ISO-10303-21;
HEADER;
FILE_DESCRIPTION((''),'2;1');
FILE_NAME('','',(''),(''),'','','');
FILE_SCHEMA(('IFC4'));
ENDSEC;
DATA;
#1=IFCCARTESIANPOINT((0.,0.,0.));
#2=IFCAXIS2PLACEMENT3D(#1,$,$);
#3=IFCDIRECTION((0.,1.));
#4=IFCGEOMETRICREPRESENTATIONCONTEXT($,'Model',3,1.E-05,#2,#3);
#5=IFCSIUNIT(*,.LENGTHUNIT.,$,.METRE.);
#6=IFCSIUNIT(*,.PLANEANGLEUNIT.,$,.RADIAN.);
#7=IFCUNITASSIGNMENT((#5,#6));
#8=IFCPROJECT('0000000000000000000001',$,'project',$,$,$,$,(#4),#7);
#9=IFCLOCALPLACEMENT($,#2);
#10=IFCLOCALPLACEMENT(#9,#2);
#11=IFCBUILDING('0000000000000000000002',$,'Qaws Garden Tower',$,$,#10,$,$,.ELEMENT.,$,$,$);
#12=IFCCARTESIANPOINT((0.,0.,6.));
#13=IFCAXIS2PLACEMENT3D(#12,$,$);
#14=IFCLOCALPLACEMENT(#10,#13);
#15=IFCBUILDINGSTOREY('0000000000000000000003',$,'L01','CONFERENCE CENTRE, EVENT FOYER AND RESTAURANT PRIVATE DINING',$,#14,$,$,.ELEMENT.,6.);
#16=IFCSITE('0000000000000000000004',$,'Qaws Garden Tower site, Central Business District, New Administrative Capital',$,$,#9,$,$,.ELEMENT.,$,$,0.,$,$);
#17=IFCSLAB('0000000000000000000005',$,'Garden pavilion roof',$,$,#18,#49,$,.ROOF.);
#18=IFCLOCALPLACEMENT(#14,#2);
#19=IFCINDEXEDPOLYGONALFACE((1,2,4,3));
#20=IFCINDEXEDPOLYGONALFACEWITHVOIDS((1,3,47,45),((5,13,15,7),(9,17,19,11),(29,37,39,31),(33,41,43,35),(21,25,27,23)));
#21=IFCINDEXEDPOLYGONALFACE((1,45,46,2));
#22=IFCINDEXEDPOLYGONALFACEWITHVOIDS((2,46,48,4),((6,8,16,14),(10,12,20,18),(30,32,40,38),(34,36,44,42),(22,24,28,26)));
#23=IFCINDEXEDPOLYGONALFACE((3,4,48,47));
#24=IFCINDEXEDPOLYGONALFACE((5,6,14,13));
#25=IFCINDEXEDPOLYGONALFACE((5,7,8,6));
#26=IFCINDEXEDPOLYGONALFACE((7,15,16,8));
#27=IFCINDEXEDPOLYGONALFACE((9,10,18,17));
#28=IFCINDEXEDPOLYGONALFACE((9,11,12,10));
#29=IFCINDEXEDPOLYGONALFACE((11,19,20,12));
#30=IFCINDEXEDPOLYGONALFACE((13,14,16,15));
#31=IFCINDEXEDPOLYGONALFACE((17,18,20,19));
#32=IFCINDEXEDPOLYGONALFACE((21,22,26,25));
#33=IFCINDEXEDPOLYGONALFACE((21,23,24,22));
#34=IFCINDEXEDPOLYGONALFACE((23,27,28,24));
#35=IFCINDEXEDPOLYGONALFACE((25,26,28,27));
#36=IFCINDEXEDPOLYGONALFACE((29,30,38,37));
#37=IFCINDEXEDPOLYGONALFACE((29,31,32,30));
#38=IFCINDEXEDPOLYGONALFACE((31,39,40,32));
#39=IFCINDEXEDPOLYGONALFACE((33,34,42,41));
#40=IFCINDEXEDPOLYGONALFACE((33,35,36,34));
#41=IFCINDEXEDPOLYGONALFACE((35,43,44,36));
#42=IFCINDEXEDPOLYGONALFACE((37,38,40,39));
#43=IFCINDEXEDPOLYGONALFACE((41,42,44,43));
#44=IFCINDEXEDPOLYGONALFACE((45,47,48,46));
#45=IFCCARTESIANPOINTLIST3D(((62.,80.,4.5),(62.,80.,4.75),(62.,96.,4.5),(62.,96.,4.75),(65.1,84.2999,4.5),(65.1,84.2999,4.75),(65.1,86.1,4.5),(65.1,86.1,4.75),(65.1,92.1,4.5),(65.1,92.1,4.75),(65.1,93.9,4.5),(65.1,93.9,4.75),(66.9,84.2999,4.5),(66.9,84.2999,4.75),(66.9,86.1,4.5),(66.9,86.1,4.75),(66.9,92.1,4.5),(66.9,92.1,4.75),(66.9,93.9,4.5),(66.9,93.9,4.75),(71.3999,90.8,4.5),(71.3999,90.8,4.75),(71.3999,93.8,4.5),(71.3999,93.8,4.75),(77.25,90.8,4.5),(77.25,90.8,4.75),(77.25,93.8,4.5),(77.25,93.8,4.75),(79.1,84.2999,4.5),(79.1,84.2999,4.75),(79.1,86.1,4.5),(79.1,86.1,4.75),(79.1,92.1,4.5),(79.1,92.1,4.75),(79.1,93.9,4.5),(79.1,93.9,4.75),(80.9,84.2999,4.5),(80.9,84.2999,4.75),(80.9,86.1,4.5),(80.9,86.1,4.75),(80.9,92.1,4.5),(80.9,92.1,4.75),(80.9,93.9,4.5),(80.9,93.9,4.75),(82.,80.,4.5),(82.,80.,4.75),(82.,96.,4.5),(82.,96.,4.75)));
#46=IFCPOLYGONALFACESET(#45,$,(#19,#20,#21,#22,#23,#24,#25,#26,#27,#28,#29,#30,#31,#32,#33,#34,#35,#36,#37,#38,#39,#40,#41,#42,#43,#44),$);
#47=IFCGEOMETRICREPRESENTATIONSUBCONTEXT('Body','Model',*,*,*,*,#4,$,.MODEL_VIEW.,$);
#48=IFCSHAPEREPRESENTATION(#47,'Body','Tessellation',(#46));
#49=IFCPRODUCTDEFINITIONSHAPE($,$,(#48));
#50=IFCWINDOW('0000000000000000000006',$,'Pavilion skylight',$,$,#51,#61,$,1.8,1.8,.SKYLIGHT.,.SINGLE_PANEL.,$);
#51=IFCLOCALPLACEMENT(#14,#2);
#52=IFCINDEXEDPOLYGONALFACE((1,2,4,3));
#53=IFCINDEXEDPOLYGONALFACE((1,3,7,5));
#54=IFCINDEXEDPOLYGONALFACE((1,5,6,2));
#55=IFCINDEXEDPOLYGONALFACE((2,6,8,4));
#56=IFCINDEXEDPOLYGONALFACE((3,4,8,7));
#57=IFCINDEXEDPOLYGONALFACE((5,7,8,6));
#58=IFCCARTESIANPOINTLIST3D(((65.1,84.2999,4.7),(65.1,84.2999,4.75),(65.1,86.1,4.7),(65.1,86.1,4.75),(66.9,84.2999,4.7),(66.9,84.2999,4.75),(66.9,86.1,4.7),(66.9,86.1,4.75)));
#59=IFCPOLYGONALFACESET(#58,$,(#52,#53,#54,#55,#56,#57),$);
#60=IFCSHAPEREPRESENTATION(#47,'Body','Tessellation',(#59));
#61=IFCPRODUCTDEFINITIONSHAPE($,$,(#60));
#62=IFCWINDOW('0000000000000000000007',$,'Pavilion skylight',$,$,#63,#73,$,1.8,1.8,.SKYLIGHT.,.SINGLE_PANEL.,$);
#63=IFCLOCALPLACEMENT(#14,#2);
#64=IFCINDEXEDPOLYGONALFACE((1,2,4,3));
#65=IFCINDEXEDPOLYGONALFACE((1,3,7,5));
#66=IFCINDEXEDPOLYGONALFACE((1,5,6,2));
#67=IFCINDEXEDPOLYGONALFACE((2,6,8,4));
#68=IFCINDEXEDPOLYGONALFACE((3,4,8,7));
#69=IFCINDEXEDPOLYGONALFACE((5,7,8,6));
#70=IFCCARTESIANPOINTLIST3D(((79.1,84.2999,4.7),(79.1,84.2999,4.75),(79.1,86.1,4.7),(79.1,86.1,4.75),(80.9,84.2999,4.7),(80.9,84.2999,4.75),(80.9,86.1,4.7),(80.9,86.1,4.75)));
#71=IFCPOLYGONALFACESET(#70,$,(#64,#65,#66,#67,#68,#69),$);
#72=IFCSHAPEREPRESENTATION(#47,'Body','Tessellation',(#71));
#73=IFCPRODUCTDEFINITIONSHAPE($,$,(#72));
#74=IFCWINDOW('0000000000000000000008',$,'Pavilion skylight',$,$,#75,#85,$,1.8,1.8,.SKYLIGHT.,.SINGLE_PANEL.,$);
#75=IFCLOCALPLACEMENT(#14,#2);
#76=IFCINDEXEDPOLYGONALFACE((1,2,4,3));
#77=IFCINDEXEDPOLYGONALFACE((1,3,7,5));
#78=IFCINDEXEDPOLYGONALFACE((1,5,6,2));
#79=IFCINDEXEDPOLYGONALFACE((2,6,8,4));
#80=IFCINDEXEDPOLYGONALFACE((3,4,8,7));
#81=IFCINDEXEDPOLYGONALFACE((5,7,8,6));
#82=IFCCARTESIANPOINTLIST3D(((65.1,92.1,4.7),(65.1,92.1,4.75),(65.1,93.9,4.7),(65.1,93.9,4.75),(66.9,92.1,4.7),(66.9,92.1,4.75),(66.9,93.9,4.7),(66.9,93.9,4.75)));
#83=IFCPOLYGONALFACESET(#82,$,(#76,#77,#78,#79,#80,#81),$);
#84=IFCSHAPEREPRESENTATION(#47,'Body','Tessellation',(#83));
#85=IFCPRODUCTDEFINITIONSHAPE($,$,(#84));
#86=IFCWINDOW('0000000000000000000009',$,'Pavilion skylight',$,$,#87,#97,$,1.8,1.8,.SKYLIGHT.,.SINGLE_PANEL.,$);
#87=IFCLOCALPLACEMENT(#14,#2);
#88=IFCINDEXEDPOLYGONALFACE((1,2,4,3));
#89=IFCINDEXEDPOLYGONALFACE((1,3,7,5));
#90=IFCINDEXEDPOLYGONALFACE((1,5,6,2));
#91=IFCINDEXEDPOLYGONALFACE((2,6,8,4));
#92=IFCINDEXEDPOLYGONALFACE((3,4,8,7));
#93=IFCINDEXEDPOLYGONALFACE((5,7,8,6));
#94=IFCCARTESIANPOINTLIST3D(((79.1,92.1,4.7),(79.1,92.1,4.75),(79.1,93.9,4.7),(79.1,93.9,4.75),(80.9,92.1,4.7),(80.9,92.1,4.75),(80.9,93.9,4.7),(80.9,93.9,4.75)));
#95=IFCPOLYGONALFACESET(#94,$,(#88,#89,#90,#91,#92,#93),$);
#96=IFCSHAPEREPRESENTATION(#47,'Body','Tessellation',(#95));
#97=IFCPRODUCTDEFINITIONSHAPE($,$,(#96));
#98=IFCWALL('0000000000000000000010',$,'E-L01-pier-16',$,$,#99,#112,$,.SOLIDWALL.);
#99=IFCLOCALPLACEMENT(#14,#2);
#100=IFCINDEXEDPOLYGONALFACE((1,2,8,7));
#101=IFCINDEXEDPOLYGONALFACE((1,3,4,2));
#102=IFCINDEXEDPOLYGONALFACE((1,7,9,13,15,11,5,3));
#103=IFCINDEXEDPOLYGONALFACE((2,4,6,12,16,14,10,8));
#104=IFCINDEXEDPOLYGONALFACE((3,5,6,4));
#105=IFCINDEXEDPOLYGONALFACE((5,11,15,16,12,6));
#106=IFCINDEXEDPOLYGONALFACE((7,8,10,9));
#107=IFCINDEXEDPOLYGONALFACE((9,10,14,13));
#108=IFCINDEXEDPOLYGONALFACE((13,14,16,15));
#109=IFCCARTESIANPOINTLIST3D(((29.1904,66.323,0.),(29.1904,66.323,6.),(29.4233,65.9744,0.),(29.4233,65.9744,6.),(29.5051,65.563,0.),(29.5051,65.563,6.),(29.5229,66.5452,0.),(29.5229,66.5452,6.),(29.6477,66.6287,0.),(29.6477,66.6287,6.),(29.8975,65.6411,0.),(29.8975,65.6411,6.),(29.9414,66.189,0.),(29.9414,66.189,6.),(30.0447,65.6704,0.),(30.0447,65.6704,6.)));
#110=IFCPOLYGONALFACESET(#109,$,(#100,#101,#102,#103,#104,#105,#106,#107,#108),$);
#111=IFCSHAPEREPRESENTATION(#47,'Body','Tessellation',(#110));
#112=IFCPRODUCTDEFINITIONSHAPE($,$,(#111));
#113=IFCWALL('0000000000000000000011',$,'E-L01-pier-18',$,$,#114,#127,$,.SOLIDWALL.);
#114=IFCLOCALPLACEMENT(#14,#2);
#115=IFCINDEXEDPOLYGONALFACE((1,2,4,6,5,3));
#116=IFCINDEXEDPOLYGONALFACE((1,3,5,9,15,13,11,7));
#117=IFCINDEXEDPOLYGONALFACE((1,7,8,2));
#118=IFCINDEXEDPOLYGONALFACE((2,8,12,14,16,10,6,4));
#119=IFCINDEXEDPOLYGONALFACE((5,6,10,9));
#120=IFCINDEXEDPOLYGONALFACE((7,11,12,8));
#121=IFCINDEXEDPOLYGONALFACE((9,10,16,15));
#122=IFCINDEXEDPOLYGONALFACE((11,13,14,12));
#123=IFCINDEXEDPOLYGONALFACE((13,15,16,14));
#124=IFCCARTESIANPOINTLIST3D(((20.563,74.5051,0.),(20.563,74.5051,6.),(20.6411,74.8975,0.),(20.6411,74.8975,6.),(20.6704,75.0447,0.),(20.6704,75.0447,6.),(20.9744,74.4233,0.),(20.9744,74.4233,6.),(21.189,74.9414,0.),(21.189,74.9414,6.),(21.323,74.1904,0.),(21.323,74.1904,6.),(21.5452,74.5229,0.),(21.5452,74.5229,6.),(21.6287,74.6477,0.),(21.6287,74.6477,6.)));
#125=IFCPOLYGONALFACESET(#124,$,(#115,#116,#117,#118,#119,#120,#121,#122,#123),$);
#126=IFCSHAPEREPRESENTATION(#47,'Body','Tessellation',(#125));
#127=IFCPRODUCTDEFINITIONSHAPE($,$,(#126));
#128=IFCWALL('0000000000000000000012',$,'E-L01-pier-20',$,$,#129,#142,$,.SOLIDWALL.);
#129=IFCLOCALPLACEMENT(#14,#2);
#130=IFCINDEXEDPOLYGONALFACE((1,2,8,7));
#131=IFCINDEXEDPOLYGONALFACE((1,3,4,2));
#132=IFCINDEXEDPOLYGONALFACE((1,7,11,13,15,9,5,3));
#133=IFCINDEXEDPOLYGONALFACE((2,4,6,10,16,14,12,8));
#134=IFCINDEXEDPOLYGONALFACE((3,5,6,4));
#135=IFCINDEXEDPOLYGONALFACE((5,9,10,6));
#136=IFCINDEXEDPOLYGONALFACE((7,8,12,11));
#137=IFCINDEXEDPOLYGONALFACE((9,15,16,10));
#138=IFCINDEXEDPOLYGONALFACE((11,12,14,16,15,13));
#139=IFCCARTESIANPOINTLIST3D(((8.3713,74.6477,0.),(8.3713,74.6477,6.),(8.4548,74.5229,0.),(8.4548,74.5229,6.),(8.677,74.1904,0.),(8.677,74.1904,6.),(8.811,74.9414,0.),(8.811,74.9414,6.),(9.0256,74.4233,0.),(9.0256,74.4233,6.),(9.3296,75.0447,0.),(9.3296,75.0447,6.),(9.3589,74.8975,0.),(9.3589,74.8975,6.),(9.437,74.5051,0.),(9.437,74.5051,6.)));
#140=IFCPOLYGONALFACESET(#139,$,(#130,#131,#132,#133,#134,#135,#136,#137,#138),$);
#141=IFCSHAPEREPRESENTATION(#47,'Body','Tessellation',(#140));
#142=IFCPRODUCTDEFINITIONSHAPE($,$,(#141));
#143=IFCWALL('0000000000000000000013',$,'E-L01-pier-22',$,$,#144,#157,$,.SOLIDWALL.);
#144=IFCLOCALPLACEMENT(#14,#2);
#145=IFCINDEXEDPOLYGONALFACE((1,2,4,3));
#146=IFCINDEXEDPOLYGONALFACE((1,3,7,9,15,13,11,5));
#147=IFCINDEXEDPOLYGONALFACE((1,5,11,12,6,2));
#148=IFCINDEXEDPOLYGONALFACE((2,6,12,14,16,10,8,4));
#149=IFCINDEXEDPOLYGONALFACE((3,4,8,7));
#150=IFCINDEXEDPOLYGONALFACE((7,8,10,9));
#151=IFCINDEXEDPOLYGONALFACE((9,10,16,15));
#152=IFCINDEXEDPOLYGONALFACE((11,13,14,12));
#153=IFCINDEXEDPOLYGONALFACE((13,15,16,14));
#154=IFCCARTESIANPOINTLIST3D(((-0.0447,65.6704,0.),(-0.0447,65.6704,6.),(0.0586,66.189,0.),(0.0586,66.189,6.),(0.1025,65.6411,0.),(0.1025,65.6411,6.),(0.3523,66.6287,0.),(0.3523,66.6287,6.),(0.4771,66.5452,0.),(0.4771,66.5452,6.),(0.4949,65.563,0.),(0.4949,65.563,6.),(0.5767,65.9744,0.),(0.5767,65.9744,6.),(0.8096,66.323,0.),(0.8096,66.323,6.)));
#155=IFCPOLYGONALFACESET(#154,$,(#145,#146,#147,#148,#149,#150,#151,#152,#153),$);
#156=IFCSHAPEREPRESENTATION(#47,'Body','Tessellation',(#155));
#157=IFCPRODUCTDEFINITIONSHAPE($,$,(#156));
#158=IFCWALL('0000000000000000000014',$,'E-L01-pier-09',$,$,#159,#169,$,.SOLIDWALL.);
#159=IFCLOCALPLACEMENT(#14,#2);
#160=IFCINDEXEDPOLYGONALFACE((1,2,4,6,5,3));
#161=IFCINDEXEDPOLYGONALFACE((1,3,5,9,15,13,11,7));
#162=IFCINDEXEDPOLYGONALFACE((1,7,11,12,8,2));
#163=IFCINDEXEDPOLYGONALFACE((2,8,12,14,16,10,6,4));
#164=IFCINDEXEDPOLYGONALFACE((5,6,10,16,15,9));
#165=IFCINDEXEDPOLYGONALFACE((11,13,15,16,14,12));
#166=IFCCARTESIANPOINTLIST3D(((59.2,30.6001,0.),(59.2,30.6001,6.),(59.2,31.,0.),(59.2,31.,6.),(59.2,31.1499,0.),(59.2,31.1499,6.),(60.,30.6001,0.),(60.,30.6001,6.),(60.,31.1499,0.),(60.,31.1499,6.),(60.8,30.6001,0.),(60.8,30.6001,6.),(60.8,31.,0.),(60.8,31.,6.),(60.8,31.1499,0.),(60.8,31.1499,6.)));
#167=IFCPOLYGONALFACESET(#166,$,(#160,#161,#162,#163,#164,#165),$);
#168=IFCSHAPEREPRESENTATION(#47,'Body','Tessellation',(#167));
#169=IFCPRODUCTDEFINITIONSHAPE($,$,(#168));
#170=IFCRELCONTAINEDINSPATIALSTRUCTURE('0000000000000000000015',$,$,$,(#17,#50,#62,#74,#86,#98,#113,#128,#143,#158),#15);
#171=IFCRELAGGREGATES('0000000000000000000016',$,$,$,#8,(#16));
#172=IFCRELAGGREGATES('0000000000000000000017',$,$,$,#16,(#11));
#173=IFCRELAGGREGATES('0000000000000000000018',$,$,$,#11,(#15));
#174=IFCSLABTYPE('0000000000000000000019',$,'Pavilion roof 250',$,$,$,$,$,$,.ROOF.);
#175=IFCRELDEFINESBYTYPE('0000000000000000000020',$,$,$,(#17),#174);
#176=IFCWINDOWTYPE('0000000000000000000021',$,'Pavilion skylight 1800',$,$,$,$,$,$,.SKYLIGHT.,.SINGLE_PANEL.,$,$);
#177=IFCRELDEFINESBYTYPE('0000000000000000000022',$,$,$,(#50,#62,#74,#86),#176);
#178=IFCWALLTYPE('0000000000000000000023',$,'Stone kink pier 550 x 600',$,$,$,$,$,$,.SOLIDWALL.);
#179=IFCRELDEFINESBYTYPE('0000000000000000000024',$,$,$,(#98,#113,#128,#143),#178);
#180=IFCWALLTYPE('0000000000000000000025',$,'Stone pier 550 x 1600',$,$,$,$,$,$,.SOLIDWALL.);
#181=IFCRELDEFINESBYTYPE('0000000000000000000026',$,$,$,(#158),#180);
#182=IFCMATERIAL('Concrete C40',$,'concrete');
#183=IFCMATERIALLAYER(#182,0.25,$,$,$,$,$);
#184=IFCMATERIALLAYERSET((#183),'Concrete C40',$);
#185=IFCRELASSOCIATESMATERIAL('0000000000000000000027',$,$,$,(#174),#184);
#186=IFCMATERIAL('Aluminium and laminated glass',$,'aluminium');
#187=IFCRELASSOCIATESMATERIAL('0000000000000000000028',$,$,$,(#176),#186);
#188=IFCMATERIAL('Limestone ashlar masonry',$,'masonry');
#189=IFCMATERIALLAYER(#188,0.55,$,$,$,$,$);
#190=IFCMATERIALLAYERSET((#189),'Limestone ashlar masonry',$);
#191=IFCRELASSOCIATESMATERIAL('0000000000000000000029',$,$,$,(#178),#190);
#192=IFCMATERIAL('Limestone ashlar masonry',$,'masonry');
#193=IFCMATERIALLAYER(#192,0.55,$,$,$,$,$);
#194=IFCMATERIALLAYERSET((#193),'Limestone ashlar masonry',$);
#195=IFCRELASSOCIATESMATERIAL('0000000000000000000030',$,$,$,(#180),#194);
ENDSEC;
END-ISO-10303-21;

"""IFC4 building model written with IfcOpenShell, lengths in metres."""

from ifc_helpers import new_model, si_unit, direction, frame, origin, origin_2d, place, context, subcontext, project, spatial, polyline, rectangle, outline, extrude, material, layer, layer_set, type_object, element, fill, save


model = new_model("IFC4")

# Units and contexts
model_context = context("Model", 3, precision=1e-05, world=origin(), true_north=direction((0.0, 1.0)))
body_context = subcontext(model_context, "Body", "Model", "MODEL_VIEW")
ifc_project = project(units=[si_unit("LENGTHUNIT", "METRE"), si_unit("PLANEANGLEUNIT", "RADIAN")], contexts=[model_context])

# Site, building, storey
site_placement = place(None, origin())
site = spatial("IfcSite", under=ifc_project, at=site_placement, Name="Qaws Garden Tower site, Central Business District, New Administrative Capital", CompositionType="ELEMENT", RefElevation=0.0)
building_placement = place(site_placement, origin())
building = spatial("IfcBuilding", under=site, at=building_placement, Name="Qaws Garden Tower", CompositionType="ELEMENT")
storey_placement = place(building_placement, frame((0.0, 0.0, 6.0)))
storey = spatial("IfcBuildingStorey", under=building, at=storey_placement, Name="L01", Description="CONFERENCE CENTRE, EVENT FOYER AND RESTAURANT PRIVATE DINING", CompositionType="ELEMENT", Elevation=6.0)

# Slab, openings, windows
ifc_material_1 = material(Name="Concrete C40", Category="concrete")
ifc_layer_1 = layer(ifc_material_1, 0.25)
ifc_layer_set_1 = layer_set([ifc_layer_1], Name="Concrete C40")
slab_type = type_object("IfcSlabType", Name="Pavilion roof 250", PredefinedType="ROOF", material=ifc_layer_set_1)
slab_placement = place(storey_placement, frame((0.0, 0.0, 4.5)))
slab = element("IfcSlab", 1, at=slab_placement, inside=storey, type_object=slab_type, Name="Garden pavilion roof", PredefinedType="ROOF", context=body_context, shape_type="SweptSolid", body=[
    extrude(outline(polyline([(62.0, 80.0), (82.0, 80.0), (82.0, 96.0), (62.0, 96.0), (62.0, 80.0)]), holes=[polyline([(77.25, 93.8), (71.3999, 93.8), (71.3999, 90.8), (77.25, 90.8), (77.25, 93.8)])]), origin(), (0.0, 0.0, 1.0), 0.25),
])
opening_1_placement = place(slab_placement, frame((66.0, 85.2, 0.0)))
opening_1 = element("IfcOpeningElement", 2, at=opening_1_placement, cuts=slab, PredefinedType="OPENING", context=body_context, shape_type="SweptSolid", body=[
    extrude(rectangle(XDim=1.8, YDim=1.8, at=origin_2d()), origin(), (0.0, 0.0, 1.0), 0.25),
])
opening_2_placement = place(slab_placement, frame((80.0, 85.2, 0.0)))
opening_2 = element("IfcOpeningElement", 3, at=opening_2_placement, cuts=slab, PredefinedType="OPENING", context=body_context, shape_type="SweptSolid", body=[
    extrude(rectangle(XDim=1.8, YDim=1.8, at=origin_2d()), origin(), (0.0, 0.0, 1.0), 0.25),
])
opening_3_placement = place(slab_placement, frame((66.0, 93.0, 0.0)))
opening_3 = element("IfcOpeningElement", 4, at=opening_3_placement, cuts=slab, PredefinedType="OPENING", context=body_context, shape_type="SweptSolid", body=[
    extrude(rectangle(XDim=1.8, YDim=1.8, at=origin_2d()), origin(), (0.0, 0.0, 1.0), 0.25),
])
opening_4_placement = place(slab_placement, frame((80.0, 93.0, 0.0)))
opening_4 = element("IfcOpeningElement", 5, at=opening_4_placement, cuts=slab, PredefinedType="OPENING", context=body_context, shape_type="SweptSolid", body=[
    extrude(rectangle(XDim=1.8, YDim=1.8, at=origin_2d()), origin(), (0.0, 0.0, 1.0), 0.25),
])
ifc_material_2 = material(Name="Aluminium and laminated glass", Category="aluminium")
window_type = type_object("IfcWindowType", Name="Pavilion skylight 1800", PartitioningType="SINGLE_PANEL", PredefinedType="SKYLIGHT", material=ifc_material_2)
window_1_placement = place(opening_1_placement, frame((0.0, 0.0, 0.2)))
window_1 = element("IfcWindow", 6, at=window_1_placement, inside=storey, type_object=window_type, Name="Pavilion skylight", OverallHeight=1.8, OverallWidth=1.8, PartitioningType="SINGLE_PANEL", PredefinedType="SKYLIGHT", context=body_context, shape_type="SweptSolid", body=[
    extrude(rectangle(XDim=1.8, YDim=1.8, at=origin_2d()), origin(), (0.0, 0.0, 1.0), 0.05),
])
fill(opening_1, window_1)
window_2_placement = place(opening_2_placement, frame((0.0, 0.0, 0.2)))
window_2 = element("IfcWindow", 7, at=window_2_placement, inside=storey, type_object=window_type, Name="Pavilion skylight", OverallHeight=1.8, OverallWidth=1.8, PartitioningType="SINGLE_PANEL", PredefinedType="SKYLIGHT", context=body_context, shape_type="SweptSolid", body=[
    extrude(rectangle(XDim=1.8, YDim=1.8, at=origin_2d()), origin(), (0.0, 0.0, 1.0), 0.05),
])
fill(opening_2, window_2)
window_3_placement = place(opening_3_placement, frame((0.0, 0.0, 0.2)))
window_3 = element("IfcWindow", 8, at=window_3_placement, inside=storey, type_object=window_type, Name="Pavilion skylight", OverallHeight=1.8, OverallWidth=1.8, PartitioningType="SINGLE_PANEL", PredefinedType="SKYLIGHT", context=body_context, shape_type="SweptSolid", body=[
    extrude(rectangle(XDim=1.8, YDim=1.8, at=origin_2d()), origin(), (0.0, 0.0, 1.0), 0.05),
])
fill(opening_3, window_3)
window_4_placement = place(opening_4_placement, frame((0.0, 0.0, 0.2)))
window_4 = element("IfcWindow", 9, at=window_4_placement, inside=storey, type_object=window_type, Name="Pavilion skylight", OverallHeight=1.8, OverallWidth=1.8, PartitioningType="SINGLE_PANEL", PredefinedType="SKYLIGHT", context=body_context, shape_type="SweptSolid", body=[
    extrude(rectangle(XDim=1.8, YDim=1.8, at=origin_2d()), origin(), (0.0, 0.0, 1.0), 0.05),
])
fill(opening_4, window_4)

# Walls
ifc_material_3 = material(Name="Limestone ashlar masonry", Category="masonry")
ifc_layer_2 = layer(ifc_material_3, 0.55)
ifc_layer_set_2 = layer_set([ifc_layer_2], Name="Limestone ashlar masonry")
wall_type_1 = type_object("IfcWallType", Name="Stone kink pier 550 x 600", PredefinedType="SOLIDWALL", material=ifc_layer_set_2)
placement = place(storey_placement, origin())
element("IfcWall", 10, at=placement, inside=storey, type_object=wall_type_1, Name="E-L01-pier-16", PredefinedType="SOLIDWALL", context=body_context, shape_type="SweptSolid", body=[
    extrude(outline(polyline([(29.8975, 65.6411), (30.0447, 65.6704), (29.9414, 66.189), (29.6477, 66.6287), (29.5229, 66.5452), (29.1904, 66.323), (29.4233, 65.9744), (29.5051, 65.563), (29.8975, 65.6411)])), origin(), (0.0, 0.0, 1.0), 6.0),
])
element("IfcWall", 11, at=placement, inside=storey, type_object=wall_type_1, Name="E-L01-pier-18", PredefinedType="SOLIDWALL", context=body_context, shape_type="SweptSolid", body=[
    extrude(outline(polyline([(21.5452, 74.5229), (21.6287, 74.6477), (21.189, 74.9414), (20.6704, 75.0447), (20.6411, 74.8975), (20.563, 74.5051), (20.9744, 74.4233), (21.323, 74.1904), (21.5452, 74.5229)])), origin(), (0.0, 0.0, 1.0), 6.0),
])
element("IfcWall", 12, at=placement, inside=storey, type_object=wall_type_1, Name="E-L01-pier-20", PredefinedType="SOLIDWALL", context=body_context, shape_type="SweptSolid", body=[
    extrude(outline(polyline([(9.3589, 74.8975), (9.3296, 75.0447), (8.811, 74.9414), (8.3713, 74.6477), (8.4548, 74.5229), (8.677, 74.1904), (9.0256, 74.4233), (9.437, 74.5051), (9.3589, 74.8975)])), origin(), (0.0, 0.0, 1.0), 6.0),
])
element("IfcWall", 13, at=placement, inside=storey, type_object=wall_type_1, Name="E-L01-pier-22", PredefinedType="SOLIDWALL", context=body_context, shape_type="SweptSolid", body=[
    extrude(outline(polyline([(0.4771, 66.5452), (0.3523, 66.6287), (0.0586, 66.189), (-0.0447, 65.6704), (0.1025, 65.6411), (0.4949, 65.563), (0.5767, 65.9744), (0.8096, 66.323), (0.4771, 66.5452)])), origin(), (0.0, 0.0, 1.0), 6.0),
])
ifc_material_4 = material(Name="Limestone ashlar masonry", Category="masonry")
ifc_layer_3 = layer(ifc_material_4, 0.55)
ifc_layer_set_3 = layer_set([ifc_layer_3], Name="Limestone ashlar masonry")
wall_type_2 = type_object("IfcWallType", Name="Stone pier 550 x 1600", PredefinedType="SOLIDWALL", material=ifc_layer_set_3)
element("IfcWall", 14, at=placement, inside=storey, type_object=wall_type_2, Name="E-L01-pier-09", PredefinedType="SOLIDWALL", context=body_context, shape_type="SweptSolid", body=[
    extrude(outline(polyline([(60.8, 31.0), (60.8, 31.1499), (60.0, 31.1499), (59.2, 31.1499), (59.2, 31.0), (59.2, 30.6001), (60.0, 30.6001), (60.8, 30.6001), (60.8, 31.0)])), origin(), (0.0, 0.0, 1.0), 6.0),
])

save(model, "model.ifc")
